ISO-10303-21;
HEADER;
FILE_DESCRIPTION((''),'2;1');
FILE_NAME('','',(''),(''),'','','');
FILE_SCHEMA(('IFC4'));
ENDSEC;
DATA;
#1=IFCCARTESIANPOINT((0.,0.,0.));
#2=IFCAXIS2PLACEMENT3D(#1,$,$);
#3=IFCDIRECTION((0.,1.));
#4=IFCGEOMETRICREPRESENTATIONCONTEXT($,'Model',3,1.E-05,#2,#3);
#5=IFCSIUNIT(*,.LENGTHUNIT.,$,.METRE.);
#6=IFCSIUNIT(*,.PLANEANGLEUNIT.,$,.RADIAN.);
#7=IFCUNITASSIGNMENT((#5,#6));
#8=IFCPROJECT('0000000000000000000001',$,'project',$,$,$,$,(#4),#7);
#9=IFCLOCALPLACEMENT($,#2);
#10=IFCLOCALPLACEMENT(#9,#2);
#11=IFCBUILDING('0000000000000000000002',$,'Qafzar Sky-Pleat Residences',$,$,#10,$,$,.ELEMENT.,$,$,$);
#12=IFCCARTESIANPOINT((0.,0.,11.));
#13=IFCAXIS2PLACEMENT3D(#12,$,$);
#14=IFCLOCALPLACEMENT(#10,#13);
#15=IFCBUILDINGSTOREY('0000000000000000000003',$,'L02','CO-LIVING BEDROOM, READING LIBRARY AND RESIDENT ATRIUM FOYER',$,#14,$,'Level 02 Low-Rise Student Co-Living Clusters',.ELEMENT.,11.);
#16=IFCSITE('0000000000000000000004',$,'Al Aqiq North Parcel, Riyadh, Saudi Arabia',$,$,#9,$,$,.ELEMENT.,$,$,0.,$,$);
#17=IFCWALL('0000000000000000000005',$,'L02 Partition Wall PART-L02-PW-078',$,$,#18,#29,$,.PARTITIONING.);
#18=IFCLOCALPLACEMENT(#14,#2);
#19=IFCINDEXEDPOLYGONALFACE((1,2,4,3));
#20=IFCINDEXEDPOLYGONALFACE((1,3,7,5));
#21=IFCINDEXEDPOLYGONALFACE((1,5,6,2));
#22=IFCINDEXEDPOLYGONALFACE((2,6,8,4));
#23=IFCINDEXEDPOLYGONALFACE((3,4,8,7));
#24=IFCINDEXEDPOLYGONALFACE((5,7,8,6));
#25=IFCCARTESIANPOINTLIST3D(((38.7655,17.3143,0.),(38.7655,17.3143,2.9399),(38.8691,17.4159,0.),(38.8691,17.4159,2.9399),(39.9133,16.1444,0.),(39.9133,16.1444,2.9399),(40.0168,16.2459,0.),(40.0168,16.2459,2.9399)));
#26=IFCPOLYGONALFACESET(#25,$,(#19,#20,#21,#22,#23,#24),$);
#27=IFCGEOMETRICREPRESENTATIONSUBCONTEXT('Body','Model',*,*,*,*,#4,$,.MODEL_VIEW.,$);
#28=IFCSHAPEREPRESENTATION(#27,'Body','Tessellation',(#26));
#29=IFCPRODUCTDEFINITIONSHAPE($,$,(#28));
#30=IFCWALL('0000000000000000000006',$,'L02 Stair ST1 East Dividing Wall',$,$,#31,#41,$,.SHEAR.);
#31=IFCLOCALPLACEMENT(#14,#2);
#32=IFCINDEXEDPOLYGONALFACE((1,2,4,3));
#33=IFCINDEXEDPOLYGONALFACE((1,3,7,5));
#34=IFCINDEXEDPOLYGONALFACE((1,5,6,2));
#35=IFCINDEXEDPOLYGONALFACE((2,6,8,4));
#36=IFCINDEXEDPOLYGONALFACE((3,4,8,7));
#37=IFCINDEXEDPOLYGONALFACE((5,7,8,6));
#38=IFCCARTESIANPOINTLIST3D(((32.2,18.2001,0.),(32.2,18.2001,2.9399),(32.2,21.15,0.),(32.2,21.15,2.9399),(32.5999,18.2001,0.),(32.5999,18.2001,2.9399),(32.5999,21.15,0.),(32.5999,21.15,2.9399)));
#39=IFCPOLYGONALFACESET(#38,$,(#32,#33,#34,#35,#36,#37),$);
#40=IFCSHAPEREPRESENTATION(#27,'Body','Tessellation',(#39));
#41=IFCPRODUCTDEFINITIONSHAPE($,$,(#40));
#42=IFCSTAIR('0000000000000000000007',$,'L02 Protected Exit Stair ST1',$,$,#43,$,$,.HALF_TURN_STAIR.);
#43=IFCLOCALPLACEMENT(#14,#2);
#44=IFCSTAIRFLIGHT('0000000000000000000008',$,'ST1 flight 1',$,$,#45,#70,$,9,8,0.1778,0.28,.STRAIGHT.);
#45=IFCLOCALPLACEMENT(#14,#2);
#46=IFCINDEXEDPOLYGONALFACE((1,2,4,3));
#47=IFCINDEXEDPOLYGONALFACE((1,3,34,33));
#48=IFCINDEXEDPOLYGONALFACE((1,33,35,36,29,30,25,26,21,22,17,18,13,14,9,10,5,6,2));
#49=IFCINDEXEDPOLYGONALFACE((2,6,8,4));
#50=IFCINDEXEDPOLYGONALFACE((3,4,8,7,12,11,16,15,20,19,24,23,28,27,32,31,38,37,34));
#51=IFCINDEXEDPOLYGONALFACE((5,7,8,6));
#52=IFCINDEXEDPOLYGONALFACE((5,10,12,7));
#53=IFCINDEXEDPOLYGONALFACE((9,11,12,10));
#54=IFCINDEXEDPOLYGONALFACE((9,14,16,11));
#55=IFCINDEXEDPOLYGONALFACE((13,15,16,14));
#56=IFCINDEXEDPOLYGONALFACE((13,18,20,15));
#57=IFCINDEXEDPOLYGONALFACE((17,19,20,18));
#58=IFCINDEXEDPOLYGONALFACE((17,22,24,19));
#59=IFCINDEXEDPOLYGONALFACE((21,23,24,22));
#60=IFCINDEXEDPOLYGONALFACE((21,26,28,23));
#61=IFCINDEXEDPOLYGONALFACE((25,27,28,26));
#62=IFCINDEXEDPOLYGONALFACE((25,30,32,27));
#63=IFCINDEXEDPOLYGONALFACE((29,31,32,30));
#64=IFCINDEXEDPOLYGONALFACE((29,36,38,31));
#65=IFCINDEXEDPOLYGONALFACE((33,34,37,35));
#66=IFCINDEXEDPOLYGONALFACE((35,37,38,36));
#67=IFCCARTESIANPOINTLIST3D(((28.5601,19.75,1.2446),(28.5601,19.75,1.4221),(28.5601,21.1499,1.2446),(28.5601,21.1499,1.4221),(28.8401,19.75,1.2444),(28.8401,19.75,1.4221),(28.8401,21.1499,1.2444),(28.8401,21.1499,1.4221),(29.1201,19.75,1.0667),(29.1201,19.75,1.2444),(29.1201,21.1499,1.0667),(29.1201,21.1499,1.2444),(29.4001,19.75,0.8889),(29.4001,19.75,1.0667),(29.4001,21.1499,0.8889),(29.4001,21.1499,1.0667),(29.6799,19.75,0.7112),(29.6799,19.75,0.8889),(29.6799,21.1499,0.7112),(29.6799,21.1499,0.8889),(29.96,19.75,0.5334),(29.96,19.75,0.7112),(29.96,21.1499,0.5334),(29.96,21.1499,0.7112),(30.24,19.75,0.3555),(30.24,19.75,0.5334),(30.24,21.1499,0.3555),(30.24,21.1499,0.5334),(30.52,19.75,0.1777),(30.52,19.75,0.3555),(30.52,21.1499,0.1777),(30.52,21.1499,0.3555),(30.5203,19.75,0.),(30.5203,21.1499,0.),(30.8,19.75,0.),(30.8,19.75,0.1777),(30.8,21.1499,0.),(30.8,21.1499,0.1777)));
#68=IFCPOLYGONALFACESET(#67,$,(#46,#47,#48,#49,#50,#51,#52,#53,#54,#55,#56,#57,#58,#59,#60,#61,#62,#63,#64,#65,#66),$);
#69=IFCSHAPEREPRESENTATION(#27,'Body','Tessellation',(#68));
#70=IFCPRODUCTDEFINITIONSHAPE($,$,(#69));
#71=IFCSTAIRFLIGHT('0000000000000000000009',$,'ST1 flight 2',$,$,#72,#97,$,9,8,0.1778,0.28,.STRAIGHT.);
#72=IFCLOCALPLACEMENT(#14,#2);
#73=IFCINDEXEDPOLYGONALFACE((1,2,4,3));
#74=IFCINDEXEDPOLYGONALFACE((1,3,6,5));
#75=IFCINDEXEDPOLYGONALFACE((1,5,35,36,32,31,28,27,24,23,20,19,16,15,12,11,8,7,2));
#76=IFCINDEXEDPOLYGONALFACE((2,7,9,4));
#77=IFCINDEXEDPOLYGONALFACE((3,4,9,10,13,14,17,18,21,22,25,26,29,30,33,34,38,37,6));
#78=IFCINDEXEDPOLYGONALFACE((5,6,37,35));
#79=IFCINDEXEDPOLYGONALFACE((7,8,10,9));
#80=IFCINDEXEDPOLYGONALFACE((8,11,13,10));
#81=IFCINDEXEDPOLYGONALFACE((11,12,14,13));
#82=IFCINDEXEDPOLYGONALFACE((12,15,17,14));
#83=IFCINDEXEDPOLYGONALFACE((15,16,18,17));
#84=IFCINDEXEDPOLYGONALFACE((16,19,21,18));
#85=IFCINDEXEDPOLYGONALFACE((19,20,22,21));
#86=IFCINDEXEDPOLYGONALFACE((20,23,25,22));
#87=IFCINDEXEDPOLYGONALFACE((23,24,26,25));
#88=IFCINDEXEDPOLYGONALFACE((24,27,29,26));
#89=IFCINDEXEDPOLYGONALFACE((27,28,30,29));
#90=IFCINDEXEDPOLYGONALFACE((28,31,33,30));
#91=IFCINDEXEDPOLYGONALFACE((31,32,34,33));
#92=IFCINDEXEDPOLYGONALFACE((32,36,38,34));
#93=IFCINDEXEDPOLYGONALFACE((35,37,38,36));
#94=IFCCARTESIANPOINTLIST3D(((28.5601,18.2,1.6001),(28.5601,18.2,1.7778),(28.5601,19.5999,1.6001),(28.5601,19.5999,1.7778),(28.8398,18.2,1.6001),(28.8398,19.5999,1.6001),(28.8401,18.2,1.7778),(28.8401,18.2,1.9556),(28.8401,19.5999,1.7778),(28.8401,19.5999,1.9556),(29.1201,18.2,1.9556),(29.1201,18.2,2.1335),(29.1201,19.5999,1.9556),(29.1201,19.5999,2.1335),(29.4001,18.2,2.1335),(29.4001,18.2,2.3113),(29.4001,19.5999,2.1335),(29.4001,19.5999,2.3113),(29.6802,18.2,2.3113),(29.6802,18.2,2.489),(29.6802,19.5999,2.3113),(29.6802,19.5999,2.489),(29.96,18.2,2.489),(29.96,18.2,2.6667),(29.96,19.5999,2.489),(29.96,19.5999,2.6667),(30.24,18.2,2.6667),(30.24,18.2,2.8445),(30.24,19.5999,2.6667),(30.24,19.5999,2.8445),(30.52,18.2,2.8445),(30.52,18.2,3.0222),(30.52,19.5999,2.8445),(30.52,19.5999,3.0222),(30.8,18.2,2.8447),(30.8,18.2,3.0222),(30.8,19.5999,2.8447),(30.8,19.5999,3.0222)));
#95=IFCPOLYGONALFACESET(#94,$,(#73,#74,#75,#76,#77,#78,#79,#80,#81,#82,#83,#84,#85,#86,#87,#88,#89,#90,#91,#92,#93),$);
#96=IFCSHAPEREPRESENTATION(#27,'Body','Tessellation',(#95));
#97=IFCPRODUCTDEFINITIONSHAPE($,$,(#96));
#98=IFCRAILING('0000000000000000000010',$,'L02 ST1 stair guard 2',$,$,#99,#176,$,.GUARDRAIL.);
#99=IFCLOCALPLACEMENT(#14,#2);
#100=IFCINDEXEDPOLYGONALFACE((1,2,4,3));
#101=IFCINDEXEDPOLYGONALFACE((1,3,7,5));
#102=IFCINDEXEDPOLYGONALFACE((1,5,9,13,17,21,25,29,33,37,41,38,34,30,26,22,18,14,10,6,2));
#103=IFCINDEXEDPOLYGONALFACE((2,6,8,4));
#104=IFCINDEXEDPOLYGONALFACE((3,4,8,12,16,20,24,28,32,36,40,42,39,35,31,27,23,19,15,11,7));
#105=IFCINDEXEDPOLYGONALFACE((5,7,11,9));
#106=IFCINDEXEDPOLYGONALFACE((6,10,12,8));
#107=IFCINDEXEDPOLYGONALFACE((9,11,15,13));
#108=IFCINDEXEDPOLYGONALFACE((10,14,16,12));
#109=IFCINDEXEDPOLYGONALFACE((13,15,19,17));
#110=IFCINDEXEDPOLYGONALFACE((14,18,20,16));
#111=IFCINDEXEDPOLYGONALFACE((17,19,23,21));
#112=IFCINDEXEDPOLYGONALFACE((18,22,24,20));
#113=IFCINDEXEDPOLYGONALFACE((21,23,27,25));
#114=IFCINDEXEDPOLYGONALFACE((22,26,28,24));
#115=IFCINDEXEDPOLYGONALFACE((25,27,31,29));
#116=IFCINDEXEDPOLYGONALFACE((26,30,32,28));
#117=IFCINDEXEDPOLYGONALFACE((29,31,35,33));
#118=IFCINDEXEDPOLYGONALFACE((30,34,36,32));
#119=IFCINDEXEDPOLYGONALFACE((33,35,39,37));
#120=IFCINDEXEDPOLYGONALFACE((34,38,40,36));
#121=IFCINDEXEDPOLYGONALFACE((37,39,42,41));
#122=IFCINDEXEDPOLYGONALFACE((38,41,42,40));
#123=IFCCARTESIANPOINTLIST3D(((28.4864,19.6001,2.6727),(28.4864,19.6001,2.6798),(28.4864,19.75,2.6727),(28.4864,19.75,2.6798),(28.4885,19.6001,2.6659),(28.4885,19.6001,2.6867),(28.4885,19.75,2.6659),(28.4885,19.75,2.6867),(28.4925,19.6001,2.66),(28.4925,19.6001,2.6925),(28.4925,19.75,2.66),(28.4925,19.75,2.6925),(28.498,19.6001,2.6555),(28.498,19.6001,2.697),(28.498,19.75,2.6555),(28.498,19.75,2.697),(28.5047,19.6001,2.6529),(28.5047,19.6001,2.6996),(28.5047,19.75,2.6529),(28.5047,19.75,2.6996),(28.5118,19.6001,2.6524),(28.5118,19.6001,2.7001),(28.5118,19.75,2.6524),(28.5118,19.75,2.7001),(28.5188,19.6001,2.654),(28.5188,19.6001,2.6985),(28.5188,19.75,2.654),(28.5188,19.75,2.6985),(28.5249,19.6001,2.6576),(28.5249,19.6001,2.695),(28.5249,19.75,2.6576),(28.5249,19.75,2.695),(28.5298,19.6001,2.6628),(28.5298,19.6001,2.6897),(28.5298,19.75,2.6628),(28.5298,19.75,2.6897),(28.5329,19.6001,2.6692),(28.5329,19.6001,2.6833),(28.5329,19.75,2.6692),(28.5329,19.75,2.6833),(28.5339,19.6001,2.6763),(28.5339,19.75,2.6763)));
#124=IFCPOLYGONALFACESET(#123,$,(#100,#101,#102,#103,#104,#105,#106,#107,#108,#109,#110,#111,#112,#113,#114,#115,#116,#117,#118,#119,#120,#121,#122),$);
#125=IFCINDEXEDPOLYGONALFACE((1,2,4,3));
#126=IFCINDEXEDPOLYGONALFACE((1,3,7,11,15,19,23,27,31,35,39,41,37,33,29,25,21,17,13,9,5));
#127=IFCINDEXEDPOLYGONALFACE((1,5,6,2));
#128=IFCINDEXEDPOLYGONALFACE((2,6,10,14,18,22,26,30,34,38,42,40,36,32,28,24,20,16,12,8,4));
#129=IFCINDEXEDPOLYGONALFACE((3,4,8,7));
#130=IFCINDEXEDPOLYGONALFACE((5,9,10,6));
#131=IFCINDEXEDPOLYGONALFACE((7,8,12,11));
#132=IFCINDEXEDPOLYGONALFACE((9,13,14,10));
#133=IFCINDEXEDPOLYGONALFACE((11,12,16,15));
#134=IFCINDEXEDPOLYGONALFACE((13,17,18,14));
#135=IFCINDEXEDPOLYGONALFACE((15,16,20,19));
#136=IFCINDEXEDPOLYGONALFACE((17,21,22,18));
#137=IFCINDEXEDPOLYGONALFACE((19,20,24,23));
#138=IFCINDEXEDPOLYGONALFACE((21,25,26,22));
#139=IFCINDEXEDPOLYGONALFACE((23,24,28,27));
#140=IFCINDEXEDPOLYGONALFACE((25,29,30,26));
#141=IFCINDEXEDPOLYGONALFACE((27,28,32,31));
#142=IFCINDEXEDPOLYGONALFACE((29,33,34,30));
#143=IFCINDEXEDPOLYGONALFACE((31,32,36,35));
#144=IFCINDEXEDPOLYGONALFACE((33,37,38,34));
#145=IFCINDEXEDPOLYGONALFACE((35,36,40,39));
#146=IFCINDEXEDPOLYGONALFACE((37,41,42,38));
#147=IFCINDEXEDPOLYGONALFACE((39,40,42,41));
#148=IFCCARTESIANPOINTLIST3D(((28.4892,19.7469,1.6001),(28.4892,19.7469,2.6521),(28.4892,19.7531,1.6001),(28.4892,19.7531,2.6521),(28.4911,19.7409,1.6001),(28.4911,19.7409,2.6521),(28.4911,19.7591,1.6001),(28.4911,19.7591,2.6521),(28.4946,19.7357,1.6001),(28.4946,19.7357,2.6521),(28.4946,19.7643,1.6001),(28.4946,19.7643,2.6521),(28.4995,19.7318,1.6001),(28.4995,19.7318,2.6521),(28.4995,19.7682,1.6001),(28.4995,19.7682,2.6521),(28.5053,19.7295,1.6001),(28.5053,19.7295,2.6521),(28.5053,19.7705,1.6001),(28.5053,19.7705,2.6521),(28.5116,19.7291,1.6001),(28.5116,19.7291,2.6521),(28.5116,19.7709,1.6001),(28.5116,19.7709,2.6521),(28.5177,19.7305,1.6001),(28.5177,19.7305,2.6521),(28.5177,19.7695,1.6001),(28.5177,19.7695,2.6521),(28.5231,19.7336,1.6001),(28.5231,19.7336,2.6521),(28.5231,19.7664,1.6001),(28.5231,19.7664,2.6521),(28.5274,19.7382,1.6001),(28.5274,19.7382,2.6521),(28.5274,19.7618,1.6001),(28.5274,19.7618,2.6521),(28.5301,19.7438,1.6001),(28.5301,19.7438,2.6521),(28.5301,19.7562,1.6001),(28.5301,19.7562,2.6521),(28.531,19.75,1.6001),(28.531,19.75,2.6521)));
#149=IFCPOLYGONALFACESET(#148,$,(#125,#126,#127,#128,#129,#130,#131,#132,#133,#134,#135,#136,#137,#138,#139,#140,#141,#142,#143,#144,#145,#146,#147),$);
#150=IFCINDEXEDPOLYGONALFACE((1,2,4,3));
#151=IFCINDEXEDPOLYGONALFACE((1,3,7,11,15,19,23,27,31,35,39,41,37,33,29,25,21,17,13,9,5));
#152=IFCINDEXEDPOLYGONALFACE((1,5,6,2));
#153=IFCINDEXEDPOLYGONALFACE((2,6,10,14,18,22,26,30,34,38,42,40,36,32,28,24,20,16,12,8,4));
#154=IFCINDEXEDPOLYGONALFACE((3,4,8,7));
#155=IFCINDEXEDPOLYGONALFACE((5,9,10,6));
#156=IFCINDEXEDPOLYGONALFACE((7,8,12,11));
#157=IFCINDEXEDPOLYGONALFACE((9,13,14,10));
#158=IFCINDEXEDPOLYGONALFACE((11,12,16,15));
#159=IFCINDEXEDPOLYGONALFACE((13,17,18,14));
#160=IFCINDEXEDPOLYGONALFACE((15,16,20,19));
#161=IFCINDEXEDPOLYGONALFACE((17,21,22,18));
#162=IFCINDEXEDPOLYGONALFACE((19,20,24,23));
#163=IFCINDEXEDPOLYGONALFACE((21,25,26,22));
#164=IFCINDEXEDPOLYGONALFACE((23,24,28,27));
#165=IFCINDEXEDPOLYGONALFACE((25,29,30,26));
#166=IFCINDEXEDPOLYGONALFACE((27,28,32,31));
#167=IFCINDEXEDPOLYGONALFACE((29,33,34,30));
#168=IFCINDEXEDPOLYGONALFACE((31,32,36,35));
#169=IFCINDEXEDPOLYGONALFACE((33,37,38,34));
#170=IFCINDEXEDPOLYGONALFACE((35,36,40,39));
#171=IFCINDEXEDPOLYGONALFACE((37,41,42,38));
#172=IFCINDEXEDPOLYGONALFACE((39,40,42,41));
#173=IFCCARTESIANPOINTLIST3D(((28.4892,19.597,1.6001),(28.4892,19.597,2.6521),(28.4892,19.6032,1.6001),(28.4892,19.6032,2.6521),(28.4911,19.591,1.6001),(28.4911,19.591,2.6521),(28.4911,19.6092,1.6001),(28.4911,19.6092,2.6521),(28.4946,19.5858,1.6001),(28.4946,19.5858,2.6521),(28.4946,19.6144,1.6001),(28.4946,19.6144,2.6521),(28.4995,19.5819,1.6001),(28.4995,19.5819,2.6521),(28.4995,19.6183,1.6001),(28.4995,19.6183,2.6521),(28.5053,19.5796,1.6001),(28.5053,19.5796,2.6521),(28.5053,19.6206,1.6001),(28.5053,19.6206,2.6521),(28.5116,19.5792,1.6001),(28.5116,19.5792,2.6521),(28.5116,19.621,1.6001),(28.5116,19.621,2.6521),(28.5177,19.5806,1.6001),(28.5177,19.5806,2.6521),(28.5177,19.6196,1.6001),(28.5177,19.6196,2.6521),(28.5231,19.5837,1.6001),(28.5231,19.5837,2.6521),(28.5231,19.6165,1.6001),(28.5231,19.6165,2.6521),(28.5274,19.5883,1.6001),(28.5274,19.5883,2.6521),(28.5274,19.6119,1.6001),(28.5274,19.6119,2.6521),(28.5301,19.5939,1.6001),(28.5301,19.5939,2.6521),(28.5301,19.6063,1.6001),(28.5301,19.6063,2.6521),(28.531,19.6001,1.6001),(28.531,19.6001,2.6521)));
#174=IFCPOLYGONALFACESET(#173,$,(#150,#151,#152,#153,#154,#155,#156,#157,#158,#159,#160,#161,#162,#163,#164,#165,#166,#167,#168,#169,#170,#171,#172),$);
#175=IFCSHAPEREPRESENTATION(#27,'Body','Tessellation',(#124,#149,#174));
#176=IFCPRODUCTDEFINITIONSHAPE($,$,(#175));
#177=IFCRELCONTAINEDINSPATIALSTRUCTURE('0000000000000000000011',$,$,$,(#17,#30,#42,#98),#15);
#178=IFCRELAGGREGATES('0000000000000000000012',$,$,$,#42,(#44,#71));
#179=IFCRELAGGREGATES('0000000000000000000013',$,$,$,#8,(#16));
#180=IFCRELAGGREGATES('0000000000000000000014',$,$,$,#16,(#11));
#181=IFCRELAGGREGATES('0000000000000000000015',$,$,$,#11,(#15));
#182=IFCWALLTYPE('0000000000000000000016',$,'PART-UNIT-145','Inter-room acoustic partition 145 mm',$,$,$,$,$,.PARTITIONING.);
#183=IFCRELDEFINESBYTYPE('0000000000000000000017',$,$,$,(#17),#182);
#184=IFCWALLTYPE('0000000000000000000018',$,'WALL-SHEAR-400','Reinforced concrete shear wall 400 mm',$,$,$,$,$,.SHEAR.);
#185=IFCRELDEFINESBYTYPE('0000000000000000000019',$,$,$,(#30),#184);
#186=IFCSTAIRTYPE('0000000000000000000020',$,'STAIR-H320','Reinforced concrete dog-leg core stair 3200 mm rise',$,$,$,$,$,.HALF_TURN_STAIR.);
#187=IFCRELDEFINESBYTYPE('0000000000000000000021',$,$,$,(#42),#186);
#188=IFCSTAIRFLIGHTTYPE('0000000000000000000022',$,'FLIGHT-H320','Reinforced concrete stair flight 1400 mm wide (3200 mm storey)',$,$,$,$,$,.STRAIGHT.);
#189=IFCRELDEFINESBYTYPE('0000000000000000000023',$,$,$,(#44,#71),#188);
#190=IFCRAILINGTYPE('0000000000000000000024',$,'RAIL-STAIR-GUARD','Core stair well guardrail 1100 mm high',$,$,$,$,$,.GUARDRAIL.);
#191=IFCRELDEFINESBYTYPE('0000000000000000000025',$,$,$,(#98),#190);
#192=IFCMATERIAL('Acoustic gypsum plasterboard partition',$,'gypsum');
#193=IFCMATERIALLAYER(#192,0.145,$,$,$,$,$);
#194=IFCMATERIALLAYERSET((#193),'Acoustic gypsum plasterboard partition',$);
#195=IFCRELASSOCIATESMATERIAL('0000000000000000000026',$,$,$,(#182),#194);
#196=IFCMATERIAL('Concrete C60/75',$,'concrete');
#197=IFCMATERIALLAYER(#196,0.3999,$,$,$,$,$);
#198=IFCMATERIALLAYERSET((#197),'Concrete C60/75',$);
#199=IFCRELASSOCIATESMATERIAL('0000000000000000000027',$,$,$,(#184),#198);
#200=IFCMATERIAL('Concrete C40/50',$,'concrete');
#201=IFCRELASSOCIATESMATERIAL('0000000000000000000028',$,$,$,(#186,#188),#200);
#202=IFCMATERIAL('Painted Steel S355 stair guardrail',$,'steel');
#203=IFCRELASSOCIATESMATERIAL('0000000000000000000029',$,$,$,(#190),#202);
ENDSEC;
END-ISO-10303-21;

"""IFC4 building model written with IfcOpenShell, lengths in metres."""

from ifc_helpers import new_model, si_unit, direction, frame, frame_2d, origin, origin_2d, place, context, subcontext, project, spatial, polyline, rectangle, circle, outline, extrude, source, transform, mapped, material, layer, layer_set, type_object, element, aggregate, save


model = new_model("IFC4")

# Units and contexts
model_context = context("Model", 3, precision=1e-05, world=origin(), true_north=direction((0.0, 1.0)))
body_context = subcontext(model_context, "Body", "Model", "MODEL_VIEW")
ifc_project = project(units=[si_unit("LENGTHUNIT", "METRE"), si_unit("PLANEANGLEUNIT", "RADIAN")], contexts=[model_context])

# Site, building, storey
site_placement = place(None, origin())
site = spatial("IfcSite", under=ifc_project, at=site_placement, Name="Al Aqiq North Parcel, Riyadh, Saudi Arabia", CompositionType="ELEMENT", RefElevation=0.0)
building_placement = place(site_placement, origin())
building = spatial("IfcBuilding", under=site, at=building_placement, Name="Qafzar Sky-Pleat Residences", CompositionType="ELEMENT")
storey_placement = place(building_placement, frame((0.0, 0.0, 11.0)))
storey = spatial("IfcBuildingStorey", under=building, at=storey_placement, Name="L02", Description="CO-LIVING BEDROOM, READING LIBRARY AND RESIDENT ATRIUM FOYER", LongName="Level 02 Low-Rise Student Co-Living Clusters", CompositionType="ELEMENT", Elevation=11.0)

# Shared definitions
ifc_material_1 = material(Name="Acoustic gypsum plasterboard partition", Category="gypsum")

# Walls
ifc_layer_1 = layer(ifc_material_1, 0.145)
ifc_layer_set_1 = layer_set([ifc_layer_1], Name="Acoustic gypsum plasterboard partition")
wall_type_1 = type_object("IfcWallType", Name="PART-UNIT-145", Description="Inter-room acoustic partition 145 mm", PredefinedType="PARTITIONING", material=ifc_layer_set_1)
wall_1_placement = place(storey_placement, frame((38.8174, 17.365, 0.0), z_axis=(0.0, 0.0, 1.0), x_axis=(0.700296, -0.713852, 0.0)))
element("IfcWall", 1, at=wall_1_placement, inside=storey, type_object=wall_type_1, Name="L02 Partition Wall PART-L02-PW-078", PredefinedType="PARTITIONING", context=body_context, shape_type="SweptSolid", body=[
    extrude(rectangle(XDim=1.6389, YDim=0.145, at=frame_2d((0.8193, 0.0))), origin(), (0.0, 0.0, 1.0), 2.9399),
])
ifc_material_2 = material(Name="Concrete C60/75", Category="concrete")
ifc_layer_2 = layer(ifc_material_2, 0.3999)
ifc_layer_set_2 = layer_set([ifc_layer_2], Name="Concrete C60/75")
wall_type_2 = type_object("IfcWallType", Name="WALL-SHEAR-400", Description="Reinforced concrete shear wall 400 mm", PredefinedType="SHEAR", material=ifc_layer_set_2)
wall_2_placement = place(storey_placement, frame((32.3999, 18.2, 0.0), z_axis=(0.0, 0.0, 1.0), x_axis=(0.0, 1.0, 0.0)))
element("IfcWall", 2, at=wall_2_placement, inside=storey, type_object=wall_type_2, Name="L02 Stair ST1 East Dividing Wall", PredefinedType="SHEAR", context=body_context, shape_type="SweptSolid", body=[
    extrude(rectangle(XDim=2.95, YDim=0.3999, at=frame_2d((1.4751, 0.0))), origin(), (0.0, 0.0, 1.0), 2.9399),
])

# Stair, stair flights
ifc_material_3 = material(Name="Concrete C40/50", Category="concrete")
stair_type = type_object("IfcStairType", Name="STAIR-H320", Description="Reinforced concrete dog-leg core stair 3200 mm rise", PredefinedType="HALF_TURN_STAIR", material=ifc_material_3)
stair_placement = place(storey_placement, origin())
stair = element("IfcStair", 3, at=stair_placement, inside=storey, type_object=stair_type, Name="L02 Protected Exit Stair ST1", PredefinedType="HALF_TURN_STAIR")
stair_flight_type = type_object("IfcStairFlightType", Name="FLIGHT-H320", Description="Reinforced concrete stair flight 1400 mm wide (3200 mm storey)", PredefinedType="STRAIGHT", material=ifc_material_3)
shared_shape_1 = source(origin(), body_context, "Body", "SweptSolid", [
    extrude(outline(polyline([(0.0, 0.0), (0.0, 0.1777), (0.28, 0.1777), (0.28, 0.3555), (0.5601, 0.3555), (0.5601, 0.5334), (0.8401, 0.5334), (0.8401, 0.7112), (1.1201, 0.7112), (1.1201, 0.8889), (1.3999, 0.8889), (1.3999, 1.0667), (1.6799, 1.0667), (1.6799, 1.2444), (1.96, 1.2444), (1.96, 1.4221), (2.24, 1.4221), (2.24, 1.6001), (2.24, 1.2446), (0.2798, 0.0), (0.0, 0.0)])), frame((0.0, 0.7, 0.0), z_axis=(0.0, -1.0, 0.0), x_axis=(1.0, 0.0, 0.0)), (0.0, 0.0, 1.0), 1.3999),
])
stair_flight_1_placement = place(storey_placement, frame((30.8, 20.45, 0.0), z_axis=(0.0, 0.0, 1.0), x_axis=(-1.0, 0.0, 0.0)))
stair_flight_1 = element("IfcStairFlight", 4, at=stair_flight_1_placement, type_object=stair_flight_type, Name="ST1 flight 1", NumberOfRisers=9, NumberOfTreads=8, PredefinedType="STRAIGHT", RiserHeight=0.1778, TreadLength=0.28, context=body_context, shape_type="MappedRepresentation", body=[
    mapped(shared_shape_1, transform((0.0, 0.0, 0.0), x_axis=(1.0, 0.0, 0.0), y_axis=(0.0, 1.0, 0.0), z_axis=(0.0, 0.0, 1.0), scale=1.0)),
])
stair_flight_2_placement = place(storey_placement, frame((28.5601, 18.8999, 1.6001), z_axis=(0.0, 0.0, 1.0), x_axis=(1.0, 0.0, 0.0)))
stair_flight_2 = element("IfcStairFlight", 5, at=stair_flight_2_placement, type_object=stair_flight_type, Name="ST1 flight 2", NumberOfRisers=9, NumberOfTreads=8, PredefinedType="STRAIGHT", RiserHeight=0.1778, TreadLength=0.28, context=body_context, shape_type="MappedRepresentation", body=[
    mapped(shared_shape_1, transform((0.0, 0.0, 0.0), x_axis=(1.0, 0.0, 0.0), y_axis=(0.0, 1.0, 0.0), z_axis=(0.0, 0.0, 1.0), scale=1.0)),
])
aggregate(stair, [stair_flight_1, stair_flight_2])

# Railing
ifc_material_4 = material(Name="Painted Steel S355 stair guardrail", Category="steel")
railing_type_1 = type_object("IfcRailingType", Name="RAIL-STAIR-GUARD", Description="Core stair well guardrail 1100 mm high", PredefinedType="GUARDRAIL", material=ifc_material_4)
shared_shape_2 = source(origin(), body_context, "Body", "SweptSolid", [
    extrude(circle(Radius=0.0239, at=origin_2d()), frame((0.0, 0.0, 1.0762), z_axis=(0.0, -1.0, 0.0), x_axis=(1.0, 0.0, 0.0)), (0.0, 0.0, 1.0), 0.1499),
    extrude(circle(Radius=0.021, at=origin_2d()), origin(), (0.0, 0.0, 1.0), 1.052),
    extrude(circle(Radius=0.021, at=origin_2d()), frame((0.0, -0.1499, 0.0)), (0.0, 0.0, 1.0), 1.052),
])
for number, where, name in (
    (6, (28.51, 19.75, 1.6001), "L02 ST1 stair guard 2"),
):
    element("IfcRailing", number, at=place(storey_placement, frame(where)), inside=storey, type_object=railing_type_1, Name=name, PredefinedType="GUARDRAIL", context=body_context, shape_type="MappedRepresentation", body=[
        mapped(shared_shape_2, transform((0.0, 0.0, 0.0), x_axis=(1.0, 0.0, 0.0), y_axis=(0.0, 1.0, 0.0), z_axis=(0.0, 0.0, 1.0), scale=1.0)),
    ])

save(model, "model.ifc")
